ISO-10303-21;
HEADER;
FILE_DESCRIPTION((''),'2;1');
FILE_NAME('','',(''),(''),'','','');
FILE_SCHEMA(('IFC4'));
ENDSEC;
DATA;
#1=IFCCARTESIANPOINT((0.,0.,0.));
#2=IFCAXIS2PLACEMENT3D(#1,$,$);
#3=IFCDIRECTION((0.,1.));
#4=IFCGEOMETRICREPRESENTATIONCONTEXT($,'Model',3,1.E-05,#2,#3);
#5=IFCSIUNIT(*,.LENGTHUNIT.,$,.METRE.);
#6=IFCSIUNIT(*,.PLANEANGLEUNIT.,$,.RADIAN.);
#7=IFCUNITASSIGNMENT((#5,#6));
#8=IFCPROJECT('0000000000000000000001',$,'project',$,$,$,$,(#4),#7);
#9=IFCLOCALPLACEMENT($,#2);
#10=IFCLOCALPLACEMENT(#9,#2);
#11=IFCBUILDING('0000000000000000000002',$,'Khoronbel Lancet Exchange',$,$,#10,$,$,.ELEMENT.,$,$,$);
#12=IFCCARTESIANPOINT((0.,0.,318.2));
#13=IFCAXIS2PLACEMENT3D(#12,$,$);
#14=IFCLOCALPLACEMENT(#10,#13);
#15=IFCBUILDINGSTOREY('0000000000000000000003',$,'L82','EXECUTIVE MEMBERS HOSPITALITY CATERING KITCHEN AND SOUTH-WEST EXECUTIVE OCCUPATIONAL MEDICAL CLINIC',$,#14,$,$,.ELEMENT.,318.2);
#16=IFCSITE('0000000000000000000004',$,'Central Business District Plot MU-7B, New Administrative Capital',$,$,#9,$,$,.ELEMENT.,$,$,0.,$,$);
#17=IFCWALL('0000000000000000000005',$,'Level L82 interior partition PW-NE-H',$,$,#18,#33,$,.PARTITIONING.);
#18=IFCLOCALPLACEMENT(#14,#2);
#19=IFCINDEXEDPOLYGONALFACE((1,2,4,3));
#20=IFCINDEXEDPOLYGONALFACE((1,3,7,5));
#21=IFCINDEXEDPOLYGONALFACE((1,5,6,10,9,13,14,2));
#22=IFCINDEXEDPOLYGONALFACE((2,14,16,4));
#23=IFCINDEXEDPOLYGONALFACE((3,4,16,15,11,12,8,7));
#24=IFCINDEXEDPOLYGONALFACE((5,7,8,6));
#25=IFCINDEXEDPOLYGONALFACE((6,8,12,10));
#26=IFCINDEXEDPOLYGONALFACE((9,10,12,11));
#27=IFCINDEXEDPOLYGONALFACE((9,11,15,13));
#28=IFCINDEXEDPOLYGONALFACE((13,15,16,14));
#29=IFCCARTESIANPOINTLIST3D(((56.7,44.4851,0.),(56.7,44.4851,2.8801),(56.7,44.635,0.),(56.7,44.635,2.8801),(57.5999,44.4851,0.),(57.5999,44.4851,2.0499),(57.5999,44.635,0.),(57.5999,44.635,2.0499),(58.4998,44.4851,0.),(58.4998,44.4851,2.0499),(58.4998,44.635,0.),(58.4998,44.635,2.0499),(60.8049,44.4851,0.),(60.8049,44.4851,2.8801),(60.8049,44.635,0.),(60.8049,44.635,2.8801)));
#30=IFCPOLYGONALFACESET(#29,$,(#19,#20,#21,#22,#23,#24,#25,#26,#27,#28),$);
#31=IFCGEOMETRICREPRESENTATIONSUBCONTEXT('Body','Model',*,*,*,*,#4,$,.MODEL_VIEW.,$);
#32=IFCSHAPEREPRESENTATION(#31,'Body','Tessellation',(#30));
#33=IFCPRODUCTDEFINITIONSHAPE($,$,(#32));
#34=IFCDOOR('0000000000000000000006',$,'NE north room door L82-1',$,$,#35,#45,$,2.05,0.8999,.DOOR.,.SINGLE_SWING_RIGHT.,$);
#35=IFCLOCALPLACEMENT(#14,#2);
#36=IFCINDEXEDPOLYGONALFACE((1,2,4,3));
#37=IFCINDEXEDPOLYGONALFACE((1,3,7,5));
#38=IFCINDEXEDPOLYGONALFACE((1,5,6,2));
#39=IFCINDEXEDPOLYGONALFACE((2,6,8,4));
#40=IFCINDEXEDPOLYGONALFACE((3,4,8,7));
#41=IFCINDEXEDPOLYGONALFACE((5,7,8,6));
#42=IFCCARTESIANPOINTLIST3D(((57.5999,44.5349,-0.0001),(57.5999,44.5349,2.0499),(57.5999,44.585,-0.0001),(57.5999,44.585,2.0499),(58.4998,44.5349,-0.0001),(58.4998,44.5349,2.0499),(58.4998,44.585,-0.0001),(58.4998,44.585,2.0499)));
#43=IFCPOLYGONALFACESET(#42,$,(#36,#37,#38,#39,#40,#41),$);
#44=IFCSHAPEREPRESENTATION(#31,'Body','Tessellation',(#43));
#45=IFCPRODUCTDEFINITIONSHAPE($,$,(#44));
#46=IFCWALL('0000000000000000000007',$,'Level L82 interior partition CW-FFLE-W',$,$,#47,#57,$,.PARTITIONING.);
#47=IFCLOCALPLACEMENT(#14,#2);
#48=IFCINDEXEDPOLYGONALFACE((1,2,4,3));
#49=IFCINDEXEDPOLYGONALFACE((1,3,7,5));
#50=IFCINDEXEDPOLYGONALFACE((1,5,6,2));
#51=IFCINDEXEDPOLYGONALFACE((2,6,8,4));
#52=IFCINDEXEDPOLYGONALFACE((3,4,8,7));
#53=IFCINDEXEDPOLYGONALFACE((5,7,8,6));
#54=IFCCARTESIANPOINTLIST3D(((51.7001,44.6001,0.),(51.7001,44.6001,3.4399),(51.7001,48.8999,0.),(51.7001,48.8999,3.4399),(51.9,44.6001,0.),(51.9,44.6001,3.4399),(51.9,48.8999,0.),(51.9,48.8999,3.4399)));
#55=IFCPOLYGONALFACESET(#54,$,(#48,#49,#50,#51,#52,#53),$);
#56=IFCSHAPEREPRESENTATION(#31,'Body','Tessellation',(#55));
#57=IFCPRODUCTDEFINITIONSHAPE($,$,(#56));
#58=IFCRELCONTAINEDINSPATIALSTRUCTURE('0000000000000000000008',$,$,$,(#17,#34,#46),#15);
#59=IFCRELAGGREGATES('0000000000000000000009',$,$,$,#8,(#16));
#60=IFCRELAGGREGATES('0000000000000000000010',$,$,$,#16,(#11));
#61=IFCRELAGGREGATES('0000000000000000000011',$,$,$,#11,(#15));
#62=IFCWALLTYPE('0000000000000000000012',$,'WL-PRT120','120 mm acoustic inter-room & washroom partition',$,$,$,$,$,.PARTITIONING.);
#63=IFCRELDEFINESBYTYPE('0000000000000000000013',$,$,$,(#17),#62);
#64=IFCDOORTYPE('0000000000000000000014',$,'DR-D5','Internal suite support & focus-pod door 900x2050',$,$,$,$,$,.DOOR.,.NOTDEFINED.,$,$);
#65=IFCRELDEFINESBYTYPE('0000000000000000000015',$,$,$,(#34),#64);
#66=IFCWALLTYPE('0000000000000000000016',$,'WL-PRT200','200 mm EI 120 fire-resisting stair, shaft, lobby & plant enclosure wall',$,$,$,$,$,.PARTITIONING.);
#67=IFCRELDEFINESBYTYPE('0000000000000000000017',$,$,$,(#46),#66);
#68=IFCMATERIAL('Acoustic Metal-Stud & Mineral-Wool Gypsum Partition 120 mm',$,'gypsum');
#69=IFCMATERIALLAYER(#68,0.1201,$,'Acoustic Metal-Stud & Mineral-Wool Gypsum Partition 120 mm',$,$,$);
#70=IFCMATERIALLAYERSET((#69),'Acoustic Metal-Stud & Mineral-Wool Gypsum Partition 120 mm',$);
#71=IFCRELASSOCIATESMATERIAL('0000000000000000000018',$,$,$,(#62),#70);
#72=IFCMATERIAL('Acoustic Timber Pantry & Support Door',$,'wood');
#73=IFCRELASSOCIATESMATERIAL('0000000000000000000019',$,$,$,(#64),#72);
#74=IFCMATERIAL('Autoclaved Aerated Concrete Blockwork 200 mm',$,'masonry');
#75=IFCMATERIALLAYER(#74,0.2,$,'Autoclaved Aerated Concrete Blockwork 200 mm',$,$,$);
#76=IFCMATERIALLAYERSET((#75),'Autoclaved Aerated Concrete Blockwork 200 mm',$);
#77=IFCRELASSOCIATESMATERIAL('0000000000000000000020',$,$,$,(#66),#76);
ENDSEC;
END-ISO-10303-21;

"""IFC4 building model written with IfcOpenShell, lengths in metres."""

from ifc_helpers import new_model, si_unit, direction, frame, frame_2d, origin, place, context, subcontext, project, spatial, rectangle, extrude, material, layer, layer_set, type_object, element, fill, save


model = new_model("IFC4")

# Units and contexts
model_context = context("Model", 3, precision=1e-05, world=origin(), true_north=direction((0.0, 1.0)))
body_context = subcontext(model_context, "Body", "Model", "MODEL_VIEW")
ifc_project = project(units=[si_unit("LENGTHUNIT", "METRE"), si_unit("PLANEANGLEUNIT", "RADIAN")], contexts=[model_context])

# Site, building, storey
site_placement = place(None, origin())
site = spatial("IfcSite", under=ifc_project, at=site_placement, Name="Central Business District Plot MU-7B, New Administrative Capital", CompositionType="ELEMENT", RefElevation=0.0)
building_placement = place(site_placement, origin())
building = spatial("IfcBuilding", under=site, at=building_placement, Name="Khoronbel Lancet Exchange", CompositionType="ELEMENT")
storey_placement = place(building_placement, frame((0.0, 0.0, 318.2)))
storey = spatial("IfcBuildingStorey", under=building, at=storey_placement, Name="L82", Description="EXECUTIVE MEMBERS HOSPITALITY CATERING KITCHEN AND SOUTH-WEST EXECUTIVE OCCUPATIONAL MEDICAL CLINIC", CompositionType="ELEMENT", Elevation=318.2)

# Shared definitions
ifc_material_1 = material(Name="Acoustic Metal-Stud & Mineral-Wool Gypsum Partition 120 mm", Category="gypsum")
ifc_layer_1 = layer(ifc_material_1, 0.1201, Name="Acoustic Metal-Stud & Mineral-Wool Gypsum Partition 120 mm")
ifc_layer_set_1 = layer_set([ifc_layer_1], Name="Acoustic Metal-Stud & Mineral-Wool Gypsum Partition 120 mm")
wall_type_1 = type_object("IfcWallType", Name="WL-PRT120", Description="120 mm acoustic inter-room & washroom partition", PredefinedType="PARTITIONING", material=ifc_layer_set_1)

# Wall, opening, door
wall_1_placement = place(storey_placement, frame((56.7, 44.5601, 0.0), z_axis=(0.0, 0.0, 1.0), x_axis=(1.0, 0.0, 0.0)))
wall_1 = element("IfcWall", 1, at=wall_1_placement, inside=storey, type_object=wall_type_1, Name="Level L82 interior partition PW-NE-H", PredefinedType="PARTITIONING", context=body_context, shape_type="SweptSolid", body=[
    extrude(rectangle(XDim=4.105, YDim=0.1499, at=frame_2d((2.0525, 0.0))), origin(), (0.0, 0.0, 1.0), 2.8801),
])
opening_1_placement = place(wall_1_placement, frame((0.8999, 0.0, 0.0)))
opening_1 = element("IfcOpeningElement", 2, at=opening_1_placement, cuts=wall_1, PredefinedType="OPENING", context=body_context, shape_type="SweptSolid", body=[
    extrude(rectangle(XDim=0.8999, YDim=2.05, at=frame_2d((0.45, 1.0249))), frame((0.0, 0.085, 0.0), z_axis=(0.0, -1.0, 0.0), x_axis=(1.0, 0.0, 0.0)), (0.0, 0.0, 1.0), 0.1699),
])
ifc_material_2 = material(Name="Acoustic Timber Pantry & Support Door", Category="wood")
door_type_1 = type_object("IfcDoorType", Name="DR-D5", Description="Internal suite support & focus-pod door 900x2050", OperationType="NOTDEFINED", PredefinedType="DOOR", material=ifc_material_2)
door_1_placement = place(opening_1_placement, origin())
door_1 = element("IfcDoor", 3, at=door_1_placement, inside=storey, type_object=door_type_1, Name="NE north room door L82-1", OperationType="SINGLE_SWING_RIGHT", OverallHeight=2.05, OverallWidth=0.8999, PredefinedType="DOOR", context=body_context, shape_type="SweptSolid", body=[
    extrude(rectangle(XDim=0.8999, YDim=2.05, at=frame_2d((0.45, 1.0249))), frame((0.0, 0.0249, 0.0), z_axis=(0.0, -1.0, 0.0), x_axis=(1.0, 0.0, 0.0)), (0.0, 0.0, 1.0), 0.05),
])
fill(opening_1, door_1)

# Wall
ifc_material_3 = material(Name="Autoclaved Aerated Concrete Blockwork 200 mm", Category="masonry")
ifc_layer_2 = layer(ifc_material_3, 0.2, Name="Autoclaved Aerated Concrete Blockwork 200 mm")
ifc_layer_set_2 = layer_set([ifc_layer_2], Name="Autoclaved Aerated Concrete Blockwork 200 mm")
wall_type_2 = type_object("IfcWallType", Name="WL-PRT200", Description="200 mm EI 120 fire-resisting stair, shaft, lobby & plant enclosure wall", PredefinedType="PARTITIONING", material=ifc_layer_set_2)
wall_2_placement = place(storey_placement, frame((51.8, 44.6001, 0.0), z_axis=(0.0, 0.0, 1.0), x_axis=(0.0, 1.0, 0.0)))
element("IfcWall", 4, at=wall_2_placement, inside=storey, type_object=wall_type_2, Name="Level L82 interior partition CW-FFLE-W", PredefinedType="PARTITIONING", context=body_context, shape_type="SweptSolid", body=[
    extrude(rectangle(XDim=4.2998, YDim=0.2, at=frame_2d((2.1499, 0.0))), origin(), (0.0, 0.0, 1.0), 3.4399),
])

save(model, "model.ifc")
